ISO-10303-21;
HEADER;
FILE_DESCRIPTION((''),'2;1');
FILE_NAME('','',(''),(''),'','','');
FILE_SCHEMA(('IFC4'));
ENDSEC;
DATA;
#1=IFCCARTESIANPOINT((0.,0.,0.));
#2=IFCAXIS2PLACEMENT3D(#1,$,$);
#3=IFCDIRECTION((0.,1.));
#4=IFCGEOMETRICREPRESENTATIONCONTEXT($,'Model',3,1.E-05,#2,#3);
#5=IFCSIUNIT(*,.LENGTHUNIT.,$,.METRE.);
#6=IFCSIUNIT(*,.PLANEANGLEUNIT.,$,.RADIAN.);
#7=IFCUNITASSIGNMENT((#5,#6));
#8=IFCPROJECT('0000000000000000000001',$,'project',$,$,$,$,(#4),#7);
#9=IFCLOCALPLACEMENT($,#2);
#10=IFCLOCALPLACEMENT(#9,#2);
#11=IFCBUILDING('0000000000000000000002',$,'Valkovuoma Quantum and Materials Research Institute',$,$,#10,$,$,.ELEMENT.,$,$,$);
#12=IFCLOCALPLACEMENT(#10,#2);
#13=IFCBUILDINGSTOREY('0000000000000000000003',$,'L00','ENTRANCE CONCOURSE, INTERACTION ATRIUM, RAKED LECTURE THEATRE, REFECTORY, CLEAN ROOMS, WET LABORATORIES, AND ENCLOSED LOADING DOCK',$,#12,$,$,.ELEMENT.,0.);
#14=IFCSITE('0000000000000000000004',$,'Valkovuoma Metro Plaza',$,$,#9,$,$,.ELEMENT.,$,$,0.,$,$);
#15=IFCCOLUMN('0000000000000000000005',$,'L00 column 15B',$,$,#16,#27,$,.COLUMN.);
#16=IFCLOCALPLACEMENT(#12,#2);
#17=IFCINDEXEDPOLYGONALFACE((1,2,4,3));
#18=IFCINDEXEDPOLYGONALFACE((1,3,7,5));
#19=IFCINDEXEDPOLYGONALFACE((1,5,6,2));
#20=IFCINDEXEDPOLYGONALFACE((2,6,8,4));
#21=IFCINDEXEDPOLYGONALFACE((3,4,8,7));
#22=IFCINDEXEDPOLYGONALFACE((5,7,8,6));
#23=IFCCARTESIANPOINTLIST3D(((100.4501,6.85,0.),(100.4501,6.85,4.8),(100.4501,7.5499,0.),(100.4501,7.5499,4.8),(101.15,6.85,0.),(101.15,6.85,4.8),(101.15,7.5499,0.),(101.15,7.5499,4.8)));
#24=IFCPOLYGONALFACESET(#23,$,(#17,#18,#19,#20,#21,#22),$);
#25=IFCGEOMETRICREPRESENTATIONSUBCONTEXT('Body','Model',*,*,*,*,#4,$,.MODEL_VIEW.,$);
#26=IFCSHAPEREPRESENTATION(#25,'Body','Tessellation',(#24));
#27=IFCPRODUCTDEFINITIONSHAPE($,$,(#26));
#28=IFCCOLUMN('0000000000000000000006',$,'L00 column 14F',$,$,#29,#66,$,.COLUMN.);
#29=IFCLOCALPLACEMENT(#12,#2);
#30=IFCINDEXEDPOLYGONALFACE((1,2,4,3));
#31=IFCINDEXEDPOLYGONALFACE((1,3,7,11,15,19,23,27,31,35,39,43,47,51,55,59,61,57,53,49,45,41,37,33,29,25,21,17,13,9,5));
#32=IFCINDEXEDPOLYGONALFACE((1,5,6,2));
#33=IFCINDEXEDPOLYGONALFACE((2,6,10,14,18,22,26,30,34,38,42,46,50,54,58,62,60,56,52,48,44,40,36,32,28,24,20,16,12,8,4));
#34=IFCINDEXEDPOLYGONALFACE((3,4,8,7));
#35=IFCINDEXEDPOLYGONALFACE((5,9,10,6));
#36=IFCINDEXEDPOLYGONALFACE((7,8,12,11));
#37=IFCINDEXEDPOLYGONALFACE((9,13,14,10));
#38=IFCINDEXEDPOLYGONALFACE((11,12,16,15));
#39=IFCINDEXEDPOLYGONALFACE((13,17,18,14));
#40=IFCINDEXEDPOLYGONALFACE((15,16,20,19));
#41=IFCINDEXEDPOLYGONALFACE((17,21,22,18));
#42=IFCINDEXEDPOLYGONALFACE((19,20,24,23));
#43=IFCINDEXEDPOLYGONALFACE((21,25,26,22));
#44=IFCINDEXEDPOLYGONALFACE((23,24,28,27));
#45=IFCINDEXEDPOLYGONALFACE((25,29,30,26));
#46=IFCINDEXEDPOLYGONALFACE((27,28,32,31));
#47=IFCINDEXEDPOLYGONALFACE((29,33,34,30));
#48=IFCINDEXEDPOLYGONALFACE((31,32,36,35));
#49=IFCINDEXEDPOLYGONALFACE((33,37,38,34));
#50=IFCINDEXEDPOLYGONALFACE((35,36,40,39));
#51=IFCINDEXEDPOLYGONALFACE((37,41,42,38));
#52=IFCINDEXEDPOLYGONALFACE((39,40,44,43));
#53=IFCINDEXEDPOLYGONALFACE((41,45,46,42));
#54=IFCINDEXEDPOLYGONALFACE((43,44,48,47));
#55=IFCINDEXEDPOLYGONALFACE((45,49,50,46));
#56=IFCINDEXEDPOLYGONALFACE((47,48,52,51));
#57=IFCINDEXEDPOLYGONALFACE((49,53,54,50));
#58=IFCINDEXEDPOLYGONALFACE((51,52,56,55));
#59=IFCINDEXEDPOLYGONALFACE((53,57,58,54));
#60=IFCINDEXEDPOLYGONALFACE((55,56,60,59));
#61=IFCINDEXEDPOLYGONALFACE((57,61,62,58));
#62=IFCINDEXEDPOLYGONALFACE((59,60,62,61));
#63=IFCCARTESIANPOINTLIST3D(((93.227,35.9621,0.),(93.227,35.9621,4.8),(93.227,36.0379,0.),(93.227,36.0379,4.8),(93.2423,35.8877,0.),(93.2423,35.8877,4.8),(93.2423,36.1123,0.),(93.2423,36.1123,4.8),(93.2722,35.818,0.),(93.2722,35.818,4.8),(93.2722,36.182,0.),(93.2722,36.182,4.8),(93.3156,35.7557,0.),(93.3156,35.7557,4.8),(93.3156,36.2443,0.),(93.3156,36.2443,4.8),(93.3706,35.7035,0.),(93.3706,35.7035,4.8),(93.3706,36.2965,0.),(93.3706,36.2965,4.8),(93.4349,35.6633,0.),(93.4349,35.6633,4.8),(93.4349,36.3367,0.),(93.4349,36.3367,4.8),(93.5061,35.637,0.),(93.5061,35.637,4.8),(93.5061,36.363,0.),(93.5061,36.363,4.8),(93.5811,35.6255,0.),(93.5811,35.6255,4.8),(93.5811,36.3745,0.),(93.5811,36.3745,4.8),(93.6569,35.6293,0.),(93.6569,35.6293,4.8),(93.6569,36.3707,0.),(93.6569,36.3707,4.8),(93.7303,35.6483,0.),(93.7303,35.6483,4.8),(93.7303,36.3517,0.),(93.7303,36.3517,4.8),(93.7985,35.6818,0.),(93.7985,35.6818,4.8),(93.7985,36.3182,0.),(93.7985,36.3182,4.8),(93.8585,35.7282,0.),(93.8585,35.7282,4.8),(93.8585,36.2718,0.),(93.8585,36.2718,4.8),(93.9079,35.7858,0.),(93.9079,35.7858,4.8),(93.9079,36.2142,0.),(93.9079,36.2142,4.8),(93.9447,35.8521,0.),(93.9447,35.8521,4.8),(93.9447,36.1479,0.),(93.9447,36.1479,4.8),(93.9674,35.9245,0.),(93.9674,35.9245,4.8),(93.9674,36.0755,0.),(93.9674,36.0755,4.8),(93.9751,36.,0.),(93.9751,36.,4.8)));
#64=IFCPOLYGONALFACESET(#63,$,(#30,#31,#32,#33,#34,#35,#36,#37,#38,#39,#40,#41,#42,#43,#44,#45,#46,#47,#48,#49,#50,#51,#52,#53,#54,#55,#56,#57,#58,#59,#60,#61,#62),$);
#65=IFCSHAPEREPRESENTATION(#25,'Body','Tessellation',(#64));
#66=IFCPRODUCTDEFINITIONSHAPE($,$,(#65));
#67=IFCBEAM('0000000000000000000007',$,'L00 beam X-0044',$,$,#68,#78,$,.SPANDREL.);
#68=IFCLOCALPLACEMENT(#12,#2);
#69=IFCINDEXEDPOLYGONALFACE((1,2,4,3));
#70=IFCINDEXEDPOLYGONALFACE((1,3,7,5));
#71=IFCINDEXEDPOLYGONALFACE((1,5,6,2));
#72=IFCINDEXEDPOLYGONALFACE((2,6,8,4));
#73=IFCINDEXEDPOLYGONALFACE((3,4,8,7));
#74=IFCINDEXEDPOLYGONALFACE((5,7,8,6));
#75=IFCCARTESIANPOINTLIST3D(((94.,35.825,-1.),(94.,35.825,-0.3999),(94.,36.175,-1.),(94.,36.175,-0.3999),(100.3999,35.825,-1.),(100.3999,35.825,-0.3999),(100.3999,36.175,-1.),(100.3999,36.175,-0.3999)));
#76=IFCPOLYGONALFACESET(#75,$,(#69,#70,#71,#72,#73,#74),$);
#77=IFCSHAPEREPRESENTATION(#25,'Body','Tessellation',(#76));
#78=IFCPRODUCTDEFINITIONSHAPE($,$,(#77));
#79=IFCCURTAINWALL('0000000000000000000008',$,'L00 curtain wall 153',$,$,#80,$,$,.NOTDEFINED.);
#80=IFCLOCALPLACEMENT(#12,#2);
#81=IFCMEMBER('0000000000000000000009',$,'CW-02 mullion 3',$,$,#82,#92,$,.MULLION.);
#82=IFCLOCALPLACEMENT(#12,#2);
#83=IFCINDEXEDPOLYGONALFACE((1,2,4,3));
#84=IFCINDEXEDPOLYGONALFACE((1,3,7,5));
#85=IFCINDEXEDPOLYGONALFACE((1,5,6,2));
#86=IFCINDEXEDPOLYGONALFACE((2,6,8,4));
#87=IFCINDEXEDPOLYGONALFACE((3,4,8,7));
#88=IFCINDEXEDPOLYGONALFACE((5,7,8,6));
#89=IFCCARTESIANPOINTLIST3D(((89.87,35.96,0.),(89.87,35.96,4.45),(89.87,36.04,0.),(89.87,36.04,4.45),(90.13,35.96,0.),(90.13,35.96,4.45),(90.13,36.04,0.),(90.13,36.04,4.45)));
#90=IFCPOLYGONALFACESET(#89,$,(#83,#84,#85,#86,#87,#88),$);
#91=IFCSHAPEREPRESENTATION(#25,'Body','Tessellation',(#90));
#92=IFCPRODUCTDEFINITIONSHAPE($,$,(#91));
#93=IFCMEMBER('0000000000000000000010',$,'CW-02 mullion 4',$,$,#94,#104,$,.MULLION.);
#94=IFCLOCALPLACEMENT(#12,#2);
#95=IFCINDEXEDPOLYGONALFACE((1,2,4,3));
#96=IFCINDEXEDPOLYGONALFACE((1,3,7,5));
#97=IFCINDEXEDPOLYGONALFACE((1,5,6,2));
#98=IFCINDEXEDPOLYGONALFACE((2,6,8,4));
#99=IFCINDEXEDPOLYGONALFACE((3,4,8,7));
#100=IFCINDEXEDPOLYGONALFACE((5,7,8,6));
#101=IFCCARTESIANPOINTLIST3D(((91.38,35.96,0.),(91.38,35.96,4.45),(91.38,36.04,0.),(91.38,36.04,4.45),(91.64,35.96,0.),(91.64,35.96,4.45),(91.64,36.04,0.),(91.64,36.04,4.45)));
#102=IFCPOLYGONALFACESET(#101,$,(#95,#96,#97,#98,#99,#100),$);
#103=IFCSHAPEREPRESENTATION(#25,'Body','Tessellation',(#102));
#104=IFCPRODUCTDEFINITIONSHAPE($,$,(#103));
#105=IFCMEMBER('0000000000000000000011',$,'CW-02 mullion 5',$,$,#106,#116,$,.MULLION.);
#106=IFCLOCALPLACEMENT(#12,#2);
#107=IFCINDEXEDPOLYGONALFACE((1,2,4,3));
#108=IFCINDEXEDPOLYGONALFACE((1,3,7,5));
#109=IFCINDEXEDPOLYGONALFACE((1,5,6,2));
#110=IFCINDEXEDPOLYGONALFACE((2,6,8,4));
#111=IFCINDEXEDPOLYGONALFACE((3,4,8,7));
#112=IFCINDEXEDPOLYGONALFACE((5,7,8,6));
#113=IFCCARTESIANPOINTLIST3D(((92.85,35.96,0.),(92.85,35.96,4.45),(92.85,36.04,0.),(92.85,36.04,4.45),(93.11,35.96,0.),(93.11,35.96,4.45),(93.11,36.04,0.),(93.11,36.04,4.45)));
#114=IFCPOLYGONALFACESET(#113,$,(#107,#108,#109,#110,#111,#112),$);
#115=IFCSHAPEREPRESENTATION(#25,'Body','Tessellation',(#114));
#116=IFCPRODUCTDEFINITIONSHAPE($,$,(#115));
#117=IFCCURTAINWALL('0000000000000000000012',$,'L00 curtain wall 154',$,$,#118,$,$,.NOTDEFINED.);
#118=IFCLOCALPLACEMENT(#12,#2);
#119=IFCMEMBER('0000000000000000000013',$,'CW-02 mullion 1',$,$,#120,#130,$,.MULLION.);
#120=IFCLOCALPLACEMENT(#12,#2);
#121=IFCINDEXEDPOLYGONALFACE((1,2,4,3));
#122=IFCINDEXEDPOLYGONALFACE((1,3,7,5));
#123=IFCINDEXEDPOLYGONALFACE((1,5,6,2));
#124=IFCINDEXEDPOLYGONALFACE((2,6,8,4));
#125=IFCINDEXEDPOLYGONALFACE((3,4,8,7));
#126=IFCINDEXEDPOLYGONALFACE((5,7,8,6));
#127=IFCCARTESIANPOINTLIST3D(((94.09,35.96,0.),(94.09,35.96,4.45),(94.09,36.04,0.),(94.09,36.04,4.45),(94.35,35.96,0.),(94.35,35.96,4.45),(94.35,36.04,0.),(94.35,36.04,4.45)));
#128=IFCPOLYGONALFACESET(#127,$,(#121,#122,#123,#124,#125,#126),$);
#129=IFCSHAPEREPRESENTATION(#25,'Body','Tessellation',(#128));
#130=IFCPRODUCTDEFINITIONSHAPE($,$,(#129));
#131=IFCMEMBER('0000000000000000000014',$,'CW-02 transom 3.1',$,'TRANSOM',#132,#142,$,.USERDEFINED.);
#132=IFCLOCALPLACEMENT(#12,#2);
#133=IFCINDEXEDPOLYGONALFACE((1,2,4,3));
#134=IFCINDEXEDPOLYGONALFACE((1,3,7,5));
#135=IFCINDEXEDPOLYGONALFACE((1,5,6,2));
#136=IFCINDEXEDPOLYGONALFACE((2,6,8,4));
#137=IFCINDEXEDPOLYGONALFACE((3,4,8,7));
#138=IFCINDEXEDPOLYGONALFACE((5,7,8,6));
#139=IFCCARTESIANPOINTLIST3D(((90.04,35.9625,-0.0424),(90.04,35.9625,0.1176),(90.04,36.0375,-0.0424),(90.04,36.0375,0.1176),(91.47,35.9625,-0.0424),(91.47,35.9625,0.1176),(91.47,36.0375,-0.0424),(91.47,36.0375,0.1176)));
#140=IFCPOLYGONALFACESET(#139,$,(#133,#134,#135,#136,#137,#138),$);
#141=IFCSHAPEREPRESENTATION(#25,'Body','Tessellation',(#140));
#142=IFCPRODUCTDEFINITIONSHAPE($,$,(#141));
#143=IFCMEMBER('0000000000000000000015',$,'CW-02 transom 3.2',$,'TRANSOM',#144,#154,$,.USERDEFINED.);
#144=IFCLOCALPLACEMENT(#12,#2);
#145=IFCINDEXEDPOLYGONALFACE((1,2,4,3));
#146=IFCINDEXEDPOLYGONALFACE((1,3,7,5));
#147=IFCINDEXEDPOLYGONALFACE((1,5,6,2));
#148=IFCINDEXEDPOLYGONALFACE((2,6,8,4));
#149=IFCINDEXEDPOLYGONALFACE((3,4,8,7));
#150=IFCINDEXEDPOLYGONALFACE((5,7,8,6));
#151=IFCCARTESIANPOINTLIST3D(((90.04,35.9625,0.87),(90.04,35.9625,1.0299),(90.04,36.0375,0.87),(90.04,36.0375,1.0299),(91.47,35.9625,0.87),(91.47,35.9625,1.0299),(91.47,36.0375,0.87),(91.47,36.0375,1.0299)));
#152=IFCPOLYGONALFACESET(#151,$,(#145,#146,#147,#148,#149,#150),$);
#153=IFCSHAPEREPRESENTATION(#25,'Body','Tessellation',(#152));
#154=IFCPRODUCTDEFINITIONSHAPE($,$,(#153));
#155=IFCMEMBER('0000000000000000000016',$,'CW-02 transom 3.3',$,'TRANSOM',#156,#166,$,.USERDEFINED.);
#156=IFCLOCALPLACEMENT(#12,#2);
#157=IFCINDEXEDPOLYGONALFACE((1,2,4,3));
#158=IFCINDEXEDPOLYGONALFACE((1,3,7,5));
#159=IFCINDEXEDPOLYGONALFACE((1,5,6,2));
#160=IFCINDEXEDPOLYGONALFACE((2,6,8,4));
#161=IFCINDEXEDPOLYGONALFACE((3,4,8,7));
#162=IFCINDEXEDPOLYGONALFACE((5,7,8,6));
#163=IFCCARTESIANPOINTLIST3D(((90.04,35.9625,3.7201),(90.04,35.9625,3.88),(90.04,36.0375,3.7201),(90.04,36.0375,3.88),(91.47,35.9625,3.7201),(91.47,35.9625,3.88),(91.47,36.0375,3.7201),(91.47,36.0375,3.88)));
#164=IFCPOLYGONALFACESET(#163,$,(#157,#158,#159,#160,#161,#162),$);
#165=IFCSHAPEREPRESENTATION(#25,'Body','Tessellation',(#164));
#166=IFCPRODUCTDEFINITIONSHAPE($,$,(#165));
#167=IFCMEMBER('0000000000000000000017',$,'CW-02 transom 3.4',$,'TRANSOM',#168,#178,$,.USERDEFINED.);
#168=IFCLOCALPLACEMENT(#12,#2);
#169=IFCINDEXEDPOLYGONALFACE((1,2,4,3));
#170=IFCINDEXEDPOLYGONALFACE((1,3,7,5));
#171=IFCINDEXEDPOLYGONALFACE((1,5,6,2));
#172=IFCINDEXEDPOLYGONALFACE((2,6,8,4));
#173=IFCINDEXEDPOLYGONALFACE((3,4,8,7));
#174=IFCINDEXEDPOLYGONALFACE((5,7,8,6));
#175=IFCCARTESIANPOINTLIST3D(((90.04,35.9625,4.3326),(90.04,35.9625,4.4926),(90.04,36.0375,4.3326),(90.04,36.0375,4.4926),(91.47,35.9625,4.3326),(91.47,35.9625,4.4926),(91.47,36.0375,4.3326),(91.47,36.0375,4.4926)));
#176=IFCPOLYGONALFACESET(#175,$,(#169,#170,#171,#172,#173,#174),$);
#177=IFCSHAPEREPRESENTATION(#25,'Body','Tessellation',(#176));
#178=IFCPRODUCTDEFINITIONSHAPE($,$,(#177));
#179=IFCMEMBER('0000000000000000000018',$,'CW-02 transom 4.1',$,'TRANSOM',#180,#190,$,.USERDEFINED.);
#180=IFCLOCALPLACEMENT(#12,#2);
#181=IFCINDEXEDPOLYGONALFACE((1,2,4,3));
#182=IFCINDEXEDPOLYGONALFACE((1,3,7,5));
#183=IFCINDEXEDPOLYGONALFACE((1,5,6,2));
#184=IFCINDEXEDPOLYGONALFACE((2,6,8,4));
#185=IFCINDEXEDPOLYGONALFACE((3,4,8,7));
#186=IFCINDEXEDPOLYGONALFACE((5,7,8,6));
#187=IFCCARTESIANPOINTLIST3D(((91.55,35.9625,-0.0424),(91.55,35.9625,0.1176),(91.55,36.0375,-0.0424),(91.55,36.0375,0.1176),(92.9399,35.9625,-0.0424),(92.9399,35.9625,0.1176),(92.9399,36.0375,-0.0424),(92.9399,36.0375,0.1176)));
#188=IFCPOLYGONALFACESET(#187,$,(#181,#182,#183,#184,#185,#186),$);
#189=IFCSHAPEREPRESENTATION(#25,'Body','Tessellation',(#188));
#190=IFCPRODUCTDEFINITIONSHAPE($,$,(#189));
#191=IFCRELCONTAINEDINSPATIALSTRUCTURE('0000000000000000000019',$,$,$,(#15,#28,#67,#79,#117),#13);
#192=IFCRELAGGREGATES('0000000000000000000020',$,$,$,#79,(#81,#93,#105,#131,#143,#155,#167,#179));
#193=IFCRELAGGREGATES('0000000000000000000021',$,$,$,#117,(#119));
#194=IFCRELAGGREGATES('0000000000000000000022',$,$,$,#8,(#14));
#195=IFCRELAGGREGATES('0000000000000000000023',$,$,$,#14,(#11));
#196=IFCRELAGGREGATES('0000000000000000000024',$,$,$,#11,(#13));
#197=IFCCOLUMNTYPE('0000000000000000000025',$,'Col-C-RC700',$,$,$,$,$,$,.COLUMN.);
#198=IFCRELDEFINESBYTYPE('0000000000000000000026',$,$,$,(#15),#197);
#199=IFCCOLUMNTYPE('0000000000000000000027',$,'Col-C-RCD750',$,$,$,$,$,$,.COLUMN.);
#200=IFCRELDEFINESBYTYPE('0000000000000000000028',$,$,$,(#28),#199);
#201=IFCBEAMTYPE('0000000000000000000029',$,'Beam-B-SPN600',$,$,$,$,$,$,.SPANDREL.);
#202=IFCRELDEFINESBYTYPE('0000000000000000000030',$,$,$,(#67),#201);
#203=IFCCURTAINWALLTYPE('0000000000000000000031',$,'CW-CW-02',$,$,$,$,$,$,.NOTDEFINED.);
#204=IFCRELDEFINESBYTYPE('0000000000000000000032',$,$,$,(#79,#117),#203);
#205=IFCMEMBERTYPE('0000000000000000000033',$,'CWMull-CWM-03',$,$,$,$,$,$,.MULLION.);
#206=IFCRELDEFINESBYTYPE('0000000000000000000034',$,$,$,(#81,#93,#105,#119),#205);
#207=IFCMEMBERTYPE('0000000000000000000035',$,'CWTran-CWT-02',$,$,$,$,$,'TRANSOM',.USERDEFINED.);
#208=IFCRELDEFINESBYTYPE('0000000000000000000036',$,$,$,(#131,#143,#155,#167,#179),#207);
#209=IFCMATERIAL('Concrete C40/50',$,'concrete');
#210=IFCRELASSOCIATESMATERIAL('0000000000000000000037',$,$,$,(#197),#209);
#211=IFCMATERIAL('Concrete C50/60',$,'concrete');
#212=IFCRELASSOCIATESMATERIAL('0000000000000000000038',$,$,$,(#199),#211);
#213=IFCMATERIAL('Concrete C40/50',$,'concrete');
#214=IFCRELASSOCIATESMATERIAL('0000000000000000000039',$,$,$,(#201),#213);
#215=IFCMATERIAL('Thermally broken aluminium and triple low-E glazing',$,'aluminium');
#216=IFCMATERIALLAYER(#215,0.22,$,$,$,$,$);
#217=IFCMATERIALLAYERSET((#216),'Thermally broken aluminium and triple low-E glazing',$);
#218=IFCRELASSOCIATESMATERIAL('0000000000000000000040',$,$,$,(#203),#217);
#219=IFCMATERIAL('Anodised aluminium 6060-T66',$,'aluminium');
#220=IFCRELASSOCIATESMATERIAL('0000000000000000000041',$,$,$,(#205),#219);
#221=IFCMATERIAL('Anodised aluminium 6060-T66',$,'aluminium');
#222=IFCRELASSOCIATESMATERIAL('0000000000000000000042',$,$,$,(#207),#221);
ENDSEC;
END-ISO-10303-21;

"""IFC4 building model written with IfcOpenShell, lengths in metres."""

from ifc_helpers import new_model, si_unit, direction, frame, origin, origin_2d, place, context, subcontext, project, spatial, rectangle, circle, extrude, material, layer, layer_set, material_profile, profile_set, type_object, element, aggregate, save


model = new_model("IFC4")

# Units and contexts
model_context = context("Model", 3, precision=1e-05, world=origin(), true_north=direction((0.0, 1.0)))
body_context = subcontext(model_context, "Body", "Model", "MODEL_VIEW")
ifc_project = project(units=[si_unit("LENGTHUNIT", "METRE"), si_unit("PLANEANGLEUNIT", "RADIAN")], contexts=[model_context])

# Site, building, storey
site_placement = place(None, origin())
site = spatial("IfcSite", under=ifc_project, at=site_placement, Name="Valkovuoma Metro Plaza", CompositionType="ELEMENT", RefElevation=0.0)
building_placement = place(site_placement, origin())
building = spatial("IfcBuilding", under=site, at=building_placement, Name="Valkovuoma Quantum and Materials Research Institute", CompositionType="ELEMENT")
storey_placement = place(building_placement, origin())
storey = spatial("IfcBuildingStorey", under=building, at=storey_placement, Name="L00", Description="ENTRANCE CONCOURSE, INTERACTION ATRIUM, RAKED LECTURE THEATRE, REFECTORY, CLEAN ROOMS, WET LABORATORIES, AND ENCLOSED LOADING DOCK", CompositionType="ELEMENT", Elevation=0.0)

# Columns
ifc_material_1 = material(Name="Concrete C40/50", Category="concrete")
ifc_material_profile_1 = material_profile(ifc_material_1, rectangle(XDim=0.7, YDim=0.7, at=origin_2d()), Name="Concrete C40/50")
ifc_profile_set_1 = profile_set([ifc_material_profile_1], Name="Concrete C40/50")
column_type_1 = type_object("IfcColumnType", Name="Col-C-RC700", PredefinedType="COLUMN", material=ifc_profile_set_1)
column_1_placement = place(storey_placement, frame((100.8, 7.2, 0.0), z_axis=(0.0, 0.0, 1.0), x_axis=(1.0, 0.0, 0.0)))
element("IfcColumn", 1, at=column_1_placement, inside=storey, type_object=column_type_1, Name="L00 column 15B", PredefinedType="COLUMN", context=body_context, shape_type="SweptSolid", body=[
    extrude(rectangle(XDim=0.7, YDim=0.7, at=origin_2d()), origin(), (0.0, 0.0, 1.0), 4.8),
])
ifc_material_2 = material(Name="Concrete C50/60", Category="concrete")
ifc_material_profile_2 = material_profile(ifc_material_2, circle(Radius=0.375, at=origin_2d()), Name="Concrete C50/60")
ifc_profile_set_2 = profile_set([ifc_material_profile_2], Name="Concrete C50/60")
column_type_2 = type_object("IfcColumnType", Name="Col-C-RCD750", PredefinedType="COLUMN", material=ifc_profile_set_2)
column_2_placement = place(storey_placement, frame((93.6001, 36.0, 0.0), z_axis=(0.0, 0.0, 1.0), x_axis=(1.0, 0.0, 0.0)))
element("IfcColumn", 2, at=column_2_placement, inside=storey, type_object=column_type_2, Name="L00 column 14F", PredefinedType="COLUMN", context=body_context, shape_type="SweptSolid", body=[
    extrude(circle(Radius=0.375, at=origin_2d()), origin(), (0.0, 0.0, 1.0), 4.8),
])

# Beam
ifc_material_3 = material(Name="Concrete C40/50", Category="concrete")
ifc_material_profile_3 = material_profile(ifc_material_3, rectangle(XDim=0.3501, YDim=0.6001, at=origin_2d()), Name="Concrete C40/50")
ifc_profile_set_3 = profile_set([ifc_material_profile_3], Name="Concrete C40/50")
beam_type = type_object("IfcBeamType", Name="Beam-B-SPN600", PredefinedType="SPANDREL", material=ifc_profile_set_3)
beam_placement = place(storey_placement, frame((94.0, 36.0, -0.7), z_axis=(1.0, 0.0, 0.0), x_axis=(0.0, 1.0, 0.0)))
element("IfcBeam", 3, at=beam_placement, inside=storey, type_object=beam_type, Name="L00 beam X-0044", PredefinedType="SPANDREL", context=body_context, shape_type="SweptSolid", body=[
    extrude(rectangle(XDim=0.3501, YDim=0.6001, at=origin_2d()), origin(), (0.0, 0.0, 1.0), 6.3999),
])

# Curtain wall, members
ifc_material_4 = material(Name="Thermally broken aluminium and triple low-E glazing", Category="aluminium")
ifc_layer_1 = layer(ifc_material_4, 0.22)
ifc_layer_set_1 = layer_set([ifc_layer_1], Name="Thermally broken aluminium and triple low-E glazing")
curtain_wall_type = type_object("IfcCurtainWallType", Name="CW-CW-02", PredefinedType="NOTDEFINED", material=ifc_layer_set_1)
curtain_wall_1_placement = place(storey_placement, origin())
curtain_wall_1 = element("IfcCurtainWall", 4, at=curtain_wall_1_placement, inside=storey, type_object=curtain_wall_type, Name="L00 curtain wall 153", PredefinedType="NOTDEFINED")
ifc_material_5 = material(Name="Anodised aluminium 6060-T66", Category="aluminium")
ifc_material_profile_4 = material_profile(ifc_material_5, rectangle(XDim=0.0801, YDim=0.26, at=origin_2d()), Name="Anodised aluminium 6060-T66")
ifc_profile_set_4 = profile_set([ifc_material_profile_4], Name="Anodised aluminium 6060-T66")
member_type_1 = type_object("IfcMemberType", Name="CWMull-CWM-03", PredefinedType="MULLION", material=ifc_profile_set_4)
member_1_placement = place(storey_placement, frame((90.0, 36.0, 0.0), z_axis=(0.0, 0.0, 1.0), x_axis=(0.0, 1.0, 0.0)))
member_1 = element("IfcMember", 5, at=member_1_placement, type_object=member_type_1, Name="CW-02 mullion 3", PredefinedType="MULLION", context=body_context, shape_type="SweptSolid", body=[
    extrude(rectangle(XDim=0.0801, YDim=0.26, at=origin_2d()), origin(), (0.0, 0.0, 1.0), 4.45),
])
member_2_placement = place(storey_placement, frame((91.51, 36.0, 0.0), z_axis=(0.0, 0.0, 1.0), x_axis=(0.0, 1.0, 0.0)))
member_2 = element("IfcMember", 6, at=member_2_placement, type_object=member_type_1, Name="CW-02 mullion 4", PredefinedType="MULLION", context=body_context, shape_type="SweptSolid", body=[
    extrude(rectangle(XDim=0.0801, YDim=0.26, at=origin_2d()), origin(), (0.0, 0.0, 1.0), 4.45),
])
member_3_placement = place(storey_placement, frame((92.98, 36.0, 0.0), z_axis=(0.0, 0.0, 1.0), x_axis=(0.0, 1.0, 0.0)))
member_3 = element("IfcMember", 7, at=member_3_placement, type_object=member_type_1, Name="CW-02 mullion 5", PredefinedType="MULLION", context=body_context, shape_type="SweptSolid", body=[
    extrude(rectangle(XDim=0.0801, YDim=0.26, at=origin_2d()), origin(), (0.0, 0.0, 1.0), 4.45),
])

# Curtain wall, member
curtain_wall_2_placement = place(storey_placement, origin())
curtain_wall_2 = element("IfcCurtainWall", 8, at=curtain_wall_2_placement, inside=storey, type_object=curtain_wall_type, Name="L00 curtain wall 154", PredefinedType="NOTDEFINED")
member_4_placement = place(storey_placement, frame((94.22, 36.0, 0.0), z_axis=(0.0, 0.0, 1.0), x_axis=(0.0, 1.0, 0.0)))
member_4 = element("IfcMember", 9, at=member_4_placement, type_object=member_type_1, Name="CW-02 mullion 1", PredefinedType="MULLION", context=body_context, shape_type="SweptSolid", body=[
    extrude(rectangle(XDim=0.0801, YDim=0.26, at=origin_2d()), origin(), (0.0, 0.0, 1.0), 4.45),
])

# Members
ifc_material_6 = material(Name="Anodised aluminium 6060-T66", Category="aluminium")
ifc_material_profile_5 = material_profile(ifc_material_6, rectangle(XDim=0.075, YDim=0.1599, at=origin_2d()), Name="Anodised aluminium 6060-T66")
ifc_profile_set_5 = profile_set([ifc_material_profile_5], Name="Anodised aluminium 6060-T66")
member_type_2 = type_object("IfcMemberType", Name="CWTran-CWT-02", ElementType="TRANSOM", PredefinedType="USERDEFINED", material=ifc_profile_set_5)
member_5_placement = place(storey_placement, frame((90.04, 36.0, 0.0376), z_axis=(1.0, 0.0, 0.0), x_axis=(0.0, 1.0, 0.0)))
member_5 = element("IfcMember", 10, at=member_5_placement, type_object=member_type_2, Name="CW-02 transom 3.1", ObjectType="TRANSOM", PredefinedType="USERDEFINED", context=body_context, shape_type="SweptSolid", body=[
    extrude(rectangle(XDim=0.075, YDim=0.1599, at=origin_2d()), origin(), (0.0, 0.0, 1.0), 1.4299),
])
member_6_placement = place(storey_placement, frame((90.04, 36.0, 0.95), z_axis=(1.0, 0.0, 0.0), x_axis=(0.0, 1.0, 0.0)))
member_6 = element("IfcMember", 11, at=member_6_placement, type_object=member_type_2, Name="CW-02 transom 3.2", ObjectType="TRANSOM", PredefinedType="USERDEFINED", context=body_context, shape_type="SweptSolid", body=[
    extrude(rectangle(XDim=0.075, YDim=0.1599, at=origin_2d()), origin(), (0.0, 0.0, 1.0), 1.4299),
])
member_7_placement = place(storey_placement, frame((90.04, 36.0, 3.8), z_axis=(1.0, 0.0, 0.0), x_axis=(0.0, 1.0, 0.0)))
member_7 = element("IfcMember", 12, at=member_7_placement, type_object=member_type_2, Name="CW-02 transom 3.3", ObjectType="TRANSOM", PredefinedType="USERDEFINED", context=body_context, shape_type="SweptSolid", body=[
    extrude(rectangle(XDim=0.075, YDim=0.1599, at=origin_2d()), origin(), (0.0, 0.0, 1.0), 1.4299),
])
member_8_placement = place(storey_placement, frame((90.04, 36.0, 4.4126), z_axis=(1.0, 0.0, 0.0), x_axis=(0.0, 1.0, 0.0)))
member_8 = element("IfcMember", 13, at=member_8_placement, type_object=member_type_2, Name="CW-02 transom 3.4", ObjectType="TRANSOM", PredefinedType="USERDEFINED", context=body_context, shape_type="SweptSolid", body=[
    extrude(rectangle(XDim=0.075, YDim=0.1599, at=origin_2d()), origin(), (0.0, 0.0, 1.0), 1.4299),
])
member_9_placement = place(storey_placement, frame((91.55, 36.0, 0.0376), z_axis=(1.0, 0.0, 0.0), x_axis=(0.0, 1.0, 0.0)))
member_9 = element("IfcMember", 14, at=member_9_placement, type_object=member_type_2, Name="CW-02 transom 4.1", ObjectType="TRANSOM", PredefinedType="USERDEFINED", context=body_context, shape_type="SweptSolid", body=[
    extrude(rectangle(XDim=0.075, YDim=0.1599, at=origin_2d()), origin(), (0.0, 0.0, 1.0), 1.3899),
])

aggregate(curtain_wall_1, [member_1, member_2, member_3, member_5, member_6, member_7, member_8, member_9])
aggregate(curtain_wall_2, [member_4])

save(model, "model.ifc")
